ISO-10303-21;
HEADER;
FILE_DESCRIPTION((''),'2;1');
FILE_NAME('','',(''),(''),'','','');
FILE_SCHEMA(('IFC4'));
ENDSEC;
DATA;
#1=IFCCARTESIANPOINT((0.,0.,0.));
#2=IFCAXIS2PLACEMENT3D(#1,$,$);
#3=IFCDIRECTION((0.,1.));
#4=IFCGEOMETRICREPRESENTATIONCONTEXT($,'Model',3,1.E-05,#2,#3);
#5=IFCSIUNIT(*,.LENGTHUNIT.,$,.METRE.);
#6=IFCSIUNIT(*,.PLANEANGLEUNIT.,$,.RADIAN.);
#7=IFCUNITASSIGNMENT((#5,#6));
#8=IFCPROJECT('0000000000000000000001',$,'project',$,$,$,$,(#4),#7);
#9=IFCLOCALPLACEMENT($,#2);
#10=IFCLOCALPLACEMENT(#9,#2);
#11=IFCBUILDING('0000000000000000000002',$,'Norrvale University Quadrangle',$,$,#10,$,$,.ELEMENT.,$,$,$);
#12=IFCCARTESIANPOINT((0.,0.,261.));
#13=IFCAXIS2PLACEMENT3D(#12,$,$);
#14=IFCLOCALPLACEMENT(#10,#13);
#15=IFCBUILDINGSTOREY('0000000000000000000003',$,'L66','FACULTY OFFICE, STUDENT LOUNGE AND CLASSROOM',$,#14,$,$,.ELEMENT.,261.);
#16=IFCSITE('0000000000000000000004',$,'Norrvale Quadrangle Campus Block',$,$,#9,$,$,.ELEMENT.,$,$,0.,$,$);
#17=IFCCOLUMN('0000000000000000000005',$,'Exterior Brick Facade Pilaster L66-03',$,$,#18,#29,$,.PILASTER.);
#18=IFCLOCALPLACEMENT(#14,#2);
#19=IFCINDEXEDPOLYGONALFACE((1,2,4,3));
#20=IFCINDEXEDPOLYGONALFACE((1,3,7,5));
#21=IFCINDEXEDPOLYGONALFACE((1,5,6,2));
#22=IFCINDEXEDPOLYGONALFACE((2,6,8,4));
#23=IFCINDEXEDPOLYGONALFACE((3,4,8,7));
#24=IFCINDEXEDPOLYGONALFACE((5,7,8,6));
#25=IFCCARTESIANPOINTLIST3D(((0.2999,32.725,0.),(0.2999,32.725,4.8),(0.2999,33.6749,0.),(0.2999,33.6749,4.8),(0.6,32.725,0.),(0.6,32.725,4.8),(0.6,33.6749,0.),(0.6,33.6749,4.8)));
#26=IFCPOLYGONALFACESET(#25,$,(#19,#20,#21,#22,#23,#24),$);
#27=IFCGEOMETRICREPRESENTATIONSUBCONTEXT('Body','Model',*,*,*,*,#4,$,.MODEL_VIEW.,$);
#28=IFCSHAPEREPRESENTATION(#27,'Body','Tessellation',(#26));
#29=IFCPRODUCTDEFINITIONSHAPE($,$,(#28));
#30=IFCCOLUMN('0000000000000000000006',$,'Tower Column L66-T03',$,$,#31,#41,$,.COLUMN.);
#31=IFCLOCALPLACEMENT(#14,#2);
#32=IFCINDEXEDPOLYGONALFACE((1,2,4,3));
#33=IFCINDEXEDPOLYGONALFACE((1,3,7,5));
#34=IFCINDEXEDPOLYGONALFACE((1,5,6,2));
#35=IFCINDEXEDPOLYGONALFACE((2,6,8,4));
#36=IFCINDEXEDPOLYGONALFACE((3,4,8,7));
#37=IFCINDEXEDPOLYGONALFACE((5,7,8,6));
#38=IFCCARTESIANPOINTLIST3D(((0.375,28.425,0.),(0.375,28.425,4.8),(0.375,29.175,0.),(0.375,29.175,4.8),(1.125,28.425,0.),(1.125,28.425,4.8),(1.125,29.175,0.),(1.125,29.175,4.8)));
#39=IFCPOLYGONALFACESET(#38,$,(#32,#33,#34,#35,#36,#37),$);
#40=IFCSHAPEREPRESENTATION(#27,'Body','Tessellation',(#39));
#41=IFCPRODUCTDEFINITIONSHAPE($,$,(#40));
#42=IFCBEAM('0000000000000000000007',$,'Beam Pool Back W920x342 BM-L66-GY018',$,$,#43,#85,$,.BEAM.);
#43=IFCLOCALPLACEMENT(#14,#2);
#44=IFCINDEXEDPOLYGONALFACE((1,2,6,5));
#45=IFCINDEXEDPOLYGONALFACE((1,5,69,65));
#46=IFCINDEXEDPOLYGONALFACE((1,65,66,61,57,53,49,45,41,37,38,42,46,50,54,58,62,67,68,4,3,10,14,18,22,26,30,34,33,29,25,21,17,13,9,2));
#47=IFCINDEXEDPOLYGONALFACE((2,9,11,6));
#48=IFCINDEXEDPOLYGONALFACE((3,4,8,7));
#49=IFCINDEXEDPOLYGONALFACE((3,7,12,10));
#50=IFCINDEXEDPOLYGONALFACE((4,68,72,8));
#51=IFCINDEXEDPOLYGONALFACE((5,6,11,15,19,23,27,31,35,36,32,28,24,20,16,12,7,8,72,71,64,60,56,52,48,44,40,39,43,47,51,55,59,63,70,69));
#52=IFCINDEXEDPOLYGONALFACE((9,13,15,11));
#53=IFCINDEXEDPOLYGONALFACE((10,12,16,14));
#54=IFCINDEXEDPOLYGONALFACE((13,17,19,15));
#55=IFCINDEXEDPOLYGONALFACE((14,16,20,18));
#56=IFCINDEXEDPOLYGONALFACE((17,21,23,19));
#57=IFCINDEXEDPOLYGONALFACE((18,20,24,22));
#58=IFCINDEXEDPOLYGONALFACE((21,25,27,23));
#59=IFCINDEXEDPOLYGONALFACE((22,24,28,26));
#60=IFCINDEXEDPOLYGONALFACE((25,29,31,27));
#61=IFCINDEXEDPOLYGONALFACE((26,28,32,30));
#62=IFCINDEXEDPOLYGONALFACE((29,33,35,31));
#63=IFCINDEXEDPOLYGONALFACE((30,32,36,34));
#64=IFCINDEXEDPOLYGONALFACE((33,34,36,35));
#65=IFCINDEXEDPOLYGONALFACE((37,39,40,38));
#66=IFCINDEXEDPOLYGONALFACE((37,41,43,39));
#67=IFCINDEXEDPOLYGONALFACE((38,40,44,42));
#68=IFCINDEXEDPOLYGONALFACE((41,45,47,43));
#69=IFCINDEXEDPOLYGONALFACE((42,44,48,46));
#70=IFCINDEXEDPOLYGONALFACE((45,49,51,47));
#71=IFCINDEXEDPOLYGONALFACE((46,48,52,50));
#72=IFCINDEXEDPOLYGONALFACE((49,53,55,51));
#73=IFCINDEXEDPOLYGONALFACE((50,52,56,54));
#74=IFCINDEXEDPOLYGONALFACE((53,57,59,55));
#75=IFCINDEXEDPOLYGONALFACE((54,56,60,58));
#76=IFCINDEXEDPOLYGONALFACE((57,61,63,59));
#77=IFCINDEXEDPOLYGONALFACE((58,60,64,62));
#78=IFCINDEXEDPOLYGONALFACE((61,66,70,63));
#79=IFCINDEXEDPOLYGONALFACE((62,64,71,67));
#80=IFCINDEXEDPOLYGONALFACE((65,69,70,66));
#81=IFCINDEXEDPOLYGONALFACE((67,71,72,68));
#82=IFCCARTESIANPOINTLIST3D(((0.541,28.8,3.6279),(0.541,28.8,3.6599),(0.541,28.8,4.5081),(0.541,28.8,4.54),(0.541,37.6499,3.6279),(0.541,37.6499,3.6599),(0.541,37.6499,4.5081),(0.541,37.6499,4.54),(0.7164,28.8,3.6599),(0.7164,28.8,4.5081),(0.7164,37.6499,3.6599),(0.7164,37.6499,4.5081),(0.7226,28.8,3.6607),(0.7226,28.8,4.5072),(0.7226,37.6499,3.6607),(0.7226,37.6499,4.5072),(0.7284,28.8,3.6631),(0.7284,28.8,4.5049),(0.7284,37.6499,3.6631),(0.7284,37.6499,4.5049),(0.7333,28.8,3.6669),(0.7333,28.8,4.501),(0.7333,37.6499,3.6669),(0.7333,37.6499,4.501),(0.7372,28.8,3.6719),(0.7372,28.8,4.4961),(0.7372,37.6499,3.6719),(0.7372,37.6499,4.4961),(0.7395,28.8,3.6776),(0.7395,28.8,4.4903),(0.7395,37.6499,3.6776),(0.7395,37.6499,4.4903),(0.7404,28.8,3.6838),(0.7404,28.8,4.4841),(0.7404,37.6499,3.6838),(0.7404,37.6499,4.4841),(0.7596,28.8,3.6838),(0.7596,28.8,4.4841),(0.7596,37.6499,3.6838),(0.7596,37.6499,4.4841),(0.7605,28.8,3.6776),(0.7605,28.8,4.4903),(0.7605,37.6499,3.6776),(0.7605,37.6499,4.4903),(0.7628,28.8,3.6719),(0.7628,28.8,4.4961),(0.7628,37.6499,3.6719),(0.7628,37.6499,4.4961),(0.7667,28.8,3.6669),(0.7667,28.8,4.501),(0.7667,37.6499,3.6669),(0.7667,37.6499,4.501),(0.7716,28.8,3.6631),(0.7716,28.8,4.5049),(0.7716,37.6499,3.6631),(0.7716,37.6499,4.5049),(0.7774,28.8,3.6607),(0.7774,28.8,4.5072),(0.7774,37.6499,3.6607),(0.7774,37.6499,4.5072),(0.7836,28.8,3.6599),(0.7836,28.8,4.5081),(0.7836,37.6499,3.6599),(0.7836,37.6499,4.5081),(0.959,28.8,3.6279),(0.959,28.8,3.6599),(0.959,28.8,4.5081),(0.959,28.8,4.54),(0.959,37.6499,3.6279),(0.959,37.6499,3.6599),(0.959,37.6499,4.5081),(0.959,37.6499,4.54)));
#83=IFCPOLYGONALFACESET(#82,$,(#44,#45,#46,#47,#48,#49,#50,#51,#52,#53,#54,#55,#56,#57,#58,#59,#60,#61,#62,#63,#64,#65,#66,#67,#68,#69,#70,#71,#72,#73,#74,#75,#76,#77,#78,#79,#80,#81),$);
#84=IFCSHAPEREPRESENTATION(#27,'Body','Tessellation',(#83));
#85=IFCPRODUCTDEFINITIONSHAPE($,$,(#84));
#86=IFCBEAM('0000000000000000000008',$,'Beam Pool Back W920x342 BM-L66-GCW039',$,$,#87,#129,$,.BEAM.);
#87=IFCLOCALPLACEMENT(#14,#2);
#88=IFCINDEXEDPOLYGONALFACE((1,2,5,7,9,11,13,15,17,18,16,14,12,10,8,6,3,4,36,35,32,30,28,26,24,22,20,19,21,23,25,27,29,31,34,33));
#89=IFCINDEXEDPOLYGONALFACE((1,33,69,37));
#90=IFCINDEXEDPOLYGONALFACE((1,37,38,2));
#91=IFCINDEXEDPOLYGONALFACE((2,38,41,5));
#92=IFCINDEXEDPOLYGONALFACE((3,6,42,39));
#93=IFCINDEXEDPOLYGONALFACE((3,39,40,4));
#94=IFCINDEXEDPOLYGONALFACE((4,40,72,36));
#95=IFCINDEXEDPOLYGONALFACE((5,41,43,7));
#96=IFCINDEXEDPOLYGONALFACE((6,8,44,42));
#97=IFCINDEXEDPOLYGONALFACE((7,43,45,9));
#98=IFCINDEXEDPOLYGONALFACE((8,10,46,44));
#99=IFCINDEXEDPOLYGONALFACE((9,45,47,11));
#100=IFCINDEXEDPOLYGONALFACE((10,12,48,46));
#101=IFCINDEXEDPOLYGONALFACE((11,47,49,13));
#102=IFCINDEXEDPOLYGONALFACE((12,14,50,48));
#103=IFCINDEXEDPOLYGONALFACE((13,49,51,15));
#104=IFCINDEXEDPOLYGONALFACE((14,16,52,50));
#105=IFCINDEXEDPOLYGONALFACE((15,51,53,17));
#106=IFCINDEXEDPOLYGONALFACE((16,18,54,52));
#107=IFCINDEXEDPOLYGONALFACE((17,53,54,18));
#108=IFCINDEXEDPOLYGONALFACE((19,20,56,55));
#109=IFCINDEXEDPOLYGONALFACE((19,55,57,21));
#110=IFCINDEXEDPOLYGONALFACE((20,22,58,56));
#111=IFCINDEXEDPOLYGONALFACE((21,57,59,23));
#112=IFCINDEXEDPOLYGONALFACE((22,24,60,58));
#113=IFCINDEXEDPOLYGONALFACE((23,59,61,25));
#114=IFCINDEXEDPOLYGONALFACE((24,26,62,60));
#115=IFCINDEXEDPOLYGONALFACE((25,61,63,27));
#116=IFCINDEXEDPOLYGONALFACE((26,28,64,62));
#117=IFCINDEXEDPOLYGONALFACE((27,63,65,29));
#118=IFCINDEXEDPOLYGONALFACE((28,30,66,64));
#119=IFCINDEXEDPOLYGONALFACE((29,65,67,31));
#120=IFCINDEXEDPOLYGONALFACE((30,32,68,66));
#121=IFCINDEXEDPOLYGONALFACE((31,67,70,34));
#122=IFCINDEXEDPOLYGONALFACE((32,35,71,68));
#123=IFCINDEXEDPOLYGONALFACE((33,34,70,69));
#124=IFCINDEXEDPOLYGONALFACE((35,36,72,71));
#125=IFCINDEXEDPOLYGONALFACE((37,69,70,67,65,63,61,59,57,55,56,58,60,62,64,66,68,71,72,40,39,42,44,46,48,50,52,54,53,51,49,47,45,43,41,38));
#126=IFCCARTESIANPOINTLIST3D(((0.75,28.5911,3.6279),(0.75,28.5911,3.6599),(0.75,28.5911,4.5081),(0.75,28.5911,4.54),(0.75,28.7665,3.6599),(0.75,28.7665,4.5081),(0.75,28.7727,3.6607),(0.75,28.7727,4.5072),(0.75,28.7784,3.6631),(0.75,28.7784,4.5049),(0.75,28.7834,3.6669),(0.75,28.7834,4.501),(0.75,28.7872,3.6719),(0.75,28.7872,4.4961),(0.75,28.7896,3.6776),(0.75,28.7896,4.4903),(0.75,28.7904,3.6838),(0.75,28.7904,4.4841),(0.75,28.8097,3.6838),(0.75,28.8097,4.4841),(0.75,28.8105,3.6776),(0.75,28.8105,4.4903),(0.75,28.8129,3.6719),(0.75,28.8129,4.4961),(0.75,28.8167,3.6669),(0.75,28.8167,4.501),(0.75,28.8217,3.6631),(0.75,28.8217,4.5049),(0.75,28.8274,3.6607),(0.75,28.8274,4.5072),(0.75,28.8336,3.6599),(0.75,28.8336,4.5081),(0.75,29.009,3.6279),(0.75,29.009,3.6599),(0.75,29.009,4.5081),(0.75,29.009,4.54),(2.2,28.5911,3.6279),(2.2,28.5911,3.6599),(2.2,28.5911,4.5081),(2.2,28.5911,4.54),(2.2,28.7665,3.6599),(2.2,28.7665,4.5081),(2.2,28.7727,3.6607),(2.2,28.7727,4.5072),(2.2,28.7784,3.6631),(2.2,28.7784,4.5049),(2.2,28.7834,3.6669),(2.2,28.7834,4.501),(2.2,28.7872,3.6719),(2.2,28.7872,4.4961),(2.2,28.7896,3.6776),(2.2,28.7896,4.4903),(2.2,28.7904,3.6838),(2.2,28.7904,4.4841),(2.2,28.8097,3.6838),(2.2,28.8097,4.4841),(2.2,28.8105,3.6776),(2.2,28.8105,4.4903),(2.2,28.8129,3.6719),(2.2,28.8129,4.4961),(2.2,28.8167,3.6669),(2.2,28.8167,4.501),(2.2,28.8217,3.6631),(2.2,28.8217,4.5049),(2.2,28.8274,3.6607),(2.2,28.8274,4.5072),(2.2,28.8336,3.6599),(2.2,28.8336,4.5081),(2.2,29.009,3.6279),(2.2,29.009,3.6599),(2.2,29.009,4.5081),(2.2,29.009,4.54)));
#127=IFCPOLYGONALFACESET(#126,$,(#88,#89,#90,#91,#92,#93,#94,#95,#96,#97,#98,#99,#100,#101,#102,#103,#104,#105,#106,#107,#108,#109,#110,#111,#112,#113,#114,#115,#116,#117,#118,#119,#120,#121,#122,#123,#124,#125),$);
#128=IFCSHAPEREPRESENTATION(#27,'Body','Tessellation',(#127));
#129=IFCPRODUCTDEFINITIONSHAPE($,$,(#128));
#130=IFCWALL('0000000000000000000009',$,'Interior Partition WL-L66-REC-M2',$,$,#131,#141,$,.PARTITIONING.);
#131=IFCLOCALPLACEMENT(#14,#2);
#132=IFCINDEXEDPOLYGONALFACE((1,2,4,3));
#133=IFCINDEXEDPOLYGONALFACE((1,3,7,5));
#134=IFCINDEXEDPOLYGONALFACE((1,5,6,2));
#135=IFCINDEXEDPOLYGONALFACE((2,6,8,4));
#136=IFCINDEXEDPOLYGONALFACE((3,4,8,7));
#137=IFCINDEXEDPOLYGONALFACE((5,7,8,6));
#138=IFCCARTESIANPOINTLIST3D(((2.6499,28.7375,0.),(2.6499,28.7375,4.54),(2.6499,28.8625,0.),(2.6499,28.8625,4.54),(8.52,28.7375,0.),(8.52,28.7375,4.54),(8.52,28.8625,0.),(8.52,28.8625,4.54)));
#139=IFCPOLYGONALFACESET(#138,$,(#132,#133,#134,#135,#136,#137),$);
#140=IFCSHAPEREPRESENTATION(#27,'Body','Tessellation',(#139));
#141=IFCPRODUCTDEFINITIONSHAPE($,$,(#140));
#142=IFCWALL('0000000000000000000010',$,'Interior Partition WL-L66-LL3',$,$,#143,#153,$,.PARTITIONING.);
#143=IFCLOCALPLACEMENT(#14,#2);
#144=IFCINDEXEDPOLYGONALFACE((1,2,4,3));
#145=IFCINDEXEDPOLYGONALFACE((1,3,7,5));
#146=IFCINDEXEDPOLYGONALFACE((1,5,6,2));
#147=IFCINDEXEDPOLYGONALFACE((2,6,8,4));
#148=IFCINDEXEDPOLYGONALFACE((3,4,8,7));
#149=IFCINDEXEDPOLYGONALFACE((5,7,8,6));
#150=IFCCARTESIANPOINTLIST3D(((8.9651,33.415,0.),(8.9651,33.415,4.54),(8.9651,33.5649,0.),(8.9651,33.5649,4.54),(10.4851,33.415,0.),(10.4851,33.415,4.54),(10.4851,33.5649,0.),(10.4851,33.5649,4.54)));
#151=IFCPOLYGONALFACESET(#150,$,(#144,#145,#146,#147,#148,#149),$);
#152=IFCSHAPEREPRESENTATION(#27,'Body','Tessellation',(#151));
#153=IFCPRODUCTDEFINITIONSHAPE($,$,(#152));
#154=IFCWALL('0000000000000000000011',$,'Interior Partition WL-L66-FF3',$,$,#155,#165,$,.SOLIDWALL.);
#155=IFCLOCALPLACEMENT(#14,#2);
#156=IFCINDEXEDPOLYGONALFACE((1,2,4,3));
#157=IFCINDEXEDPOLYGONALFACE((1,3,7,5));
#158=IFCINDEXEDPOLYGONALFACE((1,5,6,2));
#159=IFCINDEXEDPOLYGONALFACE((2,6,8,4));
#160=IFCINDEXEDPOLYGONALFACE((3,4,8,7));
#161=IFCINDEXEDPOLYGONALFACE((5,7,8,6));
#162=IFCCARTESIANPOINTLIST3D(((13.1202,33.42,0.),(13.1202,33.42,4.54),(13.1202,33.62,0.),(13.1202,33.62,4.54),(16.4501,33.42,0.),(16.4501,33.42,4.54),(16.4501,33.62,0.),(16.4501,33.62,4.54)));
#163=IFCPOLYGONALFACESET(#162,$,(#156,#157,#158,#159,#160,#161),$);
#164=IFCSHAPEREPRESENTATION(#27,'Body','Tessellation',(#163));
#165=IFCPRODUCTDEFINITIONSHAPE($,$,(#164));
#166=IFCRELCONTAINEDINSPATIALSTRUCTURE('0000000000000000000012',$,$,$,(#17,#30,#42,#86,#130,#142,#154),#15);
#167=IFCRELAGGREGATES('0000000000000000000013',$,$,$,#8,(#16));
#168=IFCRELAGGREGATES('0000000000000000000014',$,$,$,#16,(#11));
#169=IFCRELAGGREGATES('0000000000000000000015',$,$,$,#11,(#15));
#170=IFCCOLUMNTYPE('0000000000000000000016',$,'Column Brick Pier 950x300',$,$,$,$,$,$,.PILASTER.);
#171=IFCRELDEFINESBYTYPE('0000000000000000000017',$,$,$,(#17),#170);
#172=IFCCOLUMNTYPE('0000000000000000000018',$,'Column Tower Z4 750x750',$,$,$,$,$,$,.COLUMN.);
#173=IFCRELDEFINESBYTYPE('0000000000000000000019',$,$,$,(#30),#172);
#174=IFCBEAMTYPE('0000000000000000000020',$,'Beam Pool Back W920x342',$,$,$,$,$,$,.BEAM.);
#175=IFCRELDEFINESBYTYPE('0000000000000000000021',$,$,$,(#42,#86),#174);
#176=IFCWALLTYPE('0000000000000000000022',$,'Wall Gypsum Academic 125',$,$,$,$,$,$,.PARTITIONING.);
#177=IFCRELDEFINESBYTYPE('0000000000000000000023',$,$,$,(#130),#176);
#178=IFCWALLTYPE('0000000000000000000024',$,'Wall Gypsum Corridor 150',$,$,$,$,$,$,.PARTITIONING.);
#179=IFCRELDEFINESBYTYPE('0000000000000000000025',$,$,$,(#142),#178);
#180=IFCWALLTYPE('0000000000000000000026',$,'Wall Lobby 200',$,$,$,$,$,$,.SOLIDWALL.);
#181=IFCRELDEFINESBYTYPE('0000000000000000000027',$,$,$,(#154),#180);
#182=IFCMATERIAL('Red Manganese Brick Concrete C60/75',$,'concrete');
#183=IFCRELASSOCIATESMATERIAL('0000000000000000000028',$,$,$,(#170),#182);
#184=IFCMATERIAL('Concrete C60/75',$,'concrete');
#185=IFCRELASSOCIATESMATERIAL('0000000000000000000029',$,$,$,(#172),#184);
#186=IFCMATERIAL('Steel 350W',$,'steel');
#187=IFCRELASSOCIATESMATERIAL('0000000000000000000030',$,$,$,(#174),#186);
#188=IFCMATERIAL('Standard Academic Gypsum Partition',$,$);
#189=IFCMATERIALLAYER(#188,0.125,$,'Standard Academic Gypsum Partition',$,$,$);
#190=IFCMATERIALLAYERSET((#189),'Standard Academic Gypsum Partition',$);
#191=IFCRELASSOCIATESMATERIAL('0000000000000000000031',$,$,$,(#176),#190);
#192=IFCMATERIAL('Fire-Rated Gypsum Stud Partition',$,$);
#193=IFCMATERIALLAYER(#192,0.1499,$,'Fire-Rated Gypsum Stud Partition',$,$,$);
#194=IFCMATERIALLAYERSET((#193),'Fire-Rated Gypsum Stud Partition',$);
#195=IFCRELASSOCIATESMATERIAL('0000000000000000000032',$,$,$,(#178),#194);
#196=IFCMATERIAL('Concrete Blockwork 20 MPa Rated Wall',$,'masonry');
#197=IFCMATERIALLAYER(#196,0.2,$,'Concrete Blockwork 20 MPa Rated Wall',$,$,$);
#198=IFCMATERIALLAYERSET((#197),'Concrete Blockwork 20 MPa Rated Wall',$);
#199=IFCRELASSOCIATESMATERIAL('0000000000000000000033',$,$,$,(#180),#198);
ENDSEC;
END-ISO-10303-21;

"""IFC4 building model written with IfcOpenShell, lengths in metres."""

from ifc_helpers import new_model, si_unit, direction, frame, frame_2d, origin, origin_2d, place, context, subcontext, project, spatial, rectangle, i_section, extrude, material, layer, layer_set, material_profile, profile_set, type_object, element, save


model = new_model("IFC4")

# Units and contexts
model_context = context("Model", 3, precision=1e-05, world=origin(), true_north=direction((0.0, 1.0)))
body_context = subcontext(model_context, "Body", "Model", "MODEL_VIEW")
ifc_project = project(units=[si_unit("LENGTHUNIT", "METRE"), si_unit("PLANEANGLEUNIT", "RADIAN")], contexts=[model_context])

# Site, building, storey
site_placement = place(None, origin())
site = spatial("IfcSite", under=ifc_project, at=site_placement, Name="Norrvale Quadrangle Campus Block", CompositionType="ELEMENT", RefElevation=0.0)
building_placement = place(site_placement, origin())
building = spatial("IfcBuilding", under=site, at=building_placement, Name="Norrvale University Quadrangle", CompositionType="ELEMENT")
storey_placement = place(building_placement, frame((0.0, 0.0, 261.0)))
storey = spatial("IfcBuildingStorey", under=building, at=storey_placement, Name="L66", Description="FACULTY OFFICE, STUDENT LOUNGE AND CLASSROOM", CompositionType="ELEMENT", Elevation=261.0)

# Columns
ifc_material_1 = material(Name="Red Manganese Brick Concrete C60/75", Category="concrete")
ifc_material_profile_1 = material_profile(ifc_material_1, rectangle(XDim=0.95, YDim=0.3, at=origin_2d()), Name="Red Manganese Brick Concrete C60/75")
ifc_profile_set_1 = profile_set([ifc_material_profile_1], Name="Red Manganese Brick Concrete C60/75")
column_type_1 = type_object("IfcColumnType", Name="Column Brick Pier 950x300", PredefinedType="PILASTER", material=ifc_profile_set_1)
column_1_placement = place(storey_placement, frame((0.45, 33.2, 0.0), z_axis=(0.0, 0.0, 1.0), x_axis=(0.0, 1.0, 0.0)))
element("IfcColumn", 1, at=column_1_placement, inside=storey, type_object=column_type_1, Name="Exterior Brick Facade Pilaster L66-03", PredefinedType="PILASTER", context=body_context, shape_type="SweptSolid", body=[
    extrude(rectangle(XDim=0.95, YDim=0.3, at=origin_2d()), origin(), (0.0, 0.0, 1.0), 4.8),
])
ifc_material_2 = material(Name="Concrete C60/75", Category="concrete")
ifc_material_profile_2 = material_profile(ifc_material_2, rectangle(XDim=0.75, YDim=0.75, at=origin_2d()), Name="Concrete C60/75")
ifc_profile_set_2 = profile_set([ifc_material_profile_2], Name="Concrete C60/75")
column_type_2 = type_object("IfcColumnType", Name="Column Tower Z4 750x750", PredefinedType="COLUMN", material=ifc_profile_set_2)
column_2_placement = place(storey_placement, frame((0.75, 28.8, 0.0), z_axis=(0.0, 0.0, 1.0), x_axis=(1.0, 0.0, 0.0)))
element("IfcColumn", 2, at=column_2_placement, inside=storey, type_object=column_type_2, Name="Tower Column L66-T03", PredefinedType="COLUMN", context=body_context, shape_type="SweptSolid", body=[
    extrude(rectangle(XDim=0.75, YDim=0.75, at=origin_2d()), origin(), (0.0, 0.0, 1.0), 4.8),
])

# Beams
ifc_material_3 = material(Name="Steel 350W", Category="steel")
ifc_material_profile_3 = material_profile(ifc_material_3, i_section(OverallWidth=0.418, OverallDepth=0.9121, WebThickness=0.0193, FlangeThickness=0.032, FilletRadius=0.0239, at=origin_2d()), Name="Steel 350W")
ifc_profile_set_3 = profile_set([ifc_material_profile_3], Name="Steel 350W")
beam_type = type_object("IfcBeamType", Name="Beam Pool Back W920x342", PredefinedType="BEAM", material=ifc_profile_set_3)
beam_1_placement = place(storey_placement, frame((0.75, 28.8, 4.084), z_axis=(0.0, 1.0, 0.0), x_axis=(-1.0, 0.0, 0.0)))
element("IfcBeam", 3, at=beam_1_placement, inside=storey, type_object=beam_type, Name="Beam Pool Back W920x342 BM-L66-GY018", PredefinedType="BEAM", context=body_context, shape_type="SweptSolid", body=[
    extrude(i_section(OverallWidth=0.418, OverallDepth=0.9121, WebThickness=0.0193, FlangeThickness=0.032, FilletRadius=0.0239, at=origin_2d()), origin(), (0.0, 0.0, 1.0), 8.8499),
])
beam_2_placement = place(storey_placement, frame((0.75, 28.8, 4.084), z_axis=(1.0, 0.0, 0.0), x_axis=(0.0, 1.0, 0.0)))
element("IfcBeam", 4, at=beam_2_placement, inside=storey, type_object=beam_type, Name="Beam Pool Back W920x342 BM-L66-GCW039", PredefinedType="BEAM", context=body_context, shape_type="SweptSolid", body=[
    extrude(i_section(OverallWidth=0.418, OverallDepth=0.9121, WebThickness=0.0193, FlangeThickness=0.032, FilletRadius=0.0239, at=origin_2d()), origin(), (0.0, 0.0, 1.0), 1.45),
])

# Walls
ifc_material_4 = material(Name="Standard Academic Gypsum Partition")
ifc_layer_1 = layer(ifc_material_4, 0.125, Name="Standard Academic Gypsum Partition")
ifc_layer_set_1 = layer_set([ifc_layer_1], Name="Standard Academic Gypsum Partition")
wall_type_1 = type_object("IfcWallType", Name="Wall Gypsum Academic 125", PredefinedType="PARTITIONING", material=ifc_layer_set_1)
wall_1_placement = place(storey_placement, frame((2.6499, 28.8, 0.0), z_axis=(0.0, 0.0, 1.0), x_axis=(1.0, 0.0, 0.0)))
element("IfcWall", 5, at=wall_1_placement, inside=storey, type_object=wall_type_1, Name="Interior Partition WL-L66-REC-M2", PredefinedType="PARTITIONING", context=body_context, shape_type="SweptSolid", body=[
    extrude(rectangle(XDim=5.8701, YDim=0.125, at=frame_2d((2.9351, 0.0))), origin(), (0.0, 0.0, 1.0), 4.54),
])
ifc_material_5 = material(Name="Fire-Rated Gypsum Stud Partition")
ifc_layer_2 = layer(ifc_material_5, 0.1499, Name="Fire-Rated Gypsum Stud Partition")
ifc_layer_set_2 = layer_set([ifc_layer_2], Name="Fire-Rated Gypsum Stud Partition")
wall_type_2 = type_object("IfcWallType", Name="Wall Gypsum Corridor 150", PredefinedType="PARTITIONING", material=ifc_layer_set_2)
wall_2_placement = place(storey_placement, frame((8.9651, 33.49, 0.0), z_axis=(0.0, 0.0, 1.0), x_axis=(1.0, 0.0, 0.0)))
element("IfcWall", 6, at=wall_2_placement, inside=storey, type_object=wall_type_2, Name="Interior Partition WL-L66-LL3", PredefinedType="PARTITIONING", context=body_context, shape_type="SweptSolid", body=[
    extrude(rectangle(XDim=1.52, YDim=0.1499, at=frame_2d((0.76, 0.0))), origin(), (0.0, 0.0, 1.0), 4.54),
])
ifc_material_6 = material(Name="Concrete Blockwork 20 MPa Rated Wall", Category="masonry")
ifc_layer_3 = layer(ifc_material_6, 0.2, Name="Concrete Blockwork 20 MPa Rated Wall")
ifc_layer_set_3 = layer_set([ifc_layer_3], Name="Concrete Blockwork 20 MPa Rated Wall")
wall_type_3 = type_object("IfcWallType", Name="Wall Lobby 200", PredefinedType="SOLIDWALL", material=ifc_layer_set_3)
wall_3_placement = place(storey_placement, frame((13.1201, 33.52, 0.0), z_axis=(0.0, 0.0, 1.0), x_axis=(1.0, 0.0, 0.0)))
element("IfcWall", 7, at=wall_3_placement, inside=storey, type_object=wall_type_3, Name="Interior Partition WL-L66-FF3", PredefinedType="SOLIDWALL", context=body_context, shape_type="SweptSolid", body=[
    extrude(rectangle(XDim=3.3298, YDim=0.2, at=frame_2d((1.665, 0.0))), origin(), (0.0, 0.0, 1.0), 4.54),
])

save(model, "model.ifc")
